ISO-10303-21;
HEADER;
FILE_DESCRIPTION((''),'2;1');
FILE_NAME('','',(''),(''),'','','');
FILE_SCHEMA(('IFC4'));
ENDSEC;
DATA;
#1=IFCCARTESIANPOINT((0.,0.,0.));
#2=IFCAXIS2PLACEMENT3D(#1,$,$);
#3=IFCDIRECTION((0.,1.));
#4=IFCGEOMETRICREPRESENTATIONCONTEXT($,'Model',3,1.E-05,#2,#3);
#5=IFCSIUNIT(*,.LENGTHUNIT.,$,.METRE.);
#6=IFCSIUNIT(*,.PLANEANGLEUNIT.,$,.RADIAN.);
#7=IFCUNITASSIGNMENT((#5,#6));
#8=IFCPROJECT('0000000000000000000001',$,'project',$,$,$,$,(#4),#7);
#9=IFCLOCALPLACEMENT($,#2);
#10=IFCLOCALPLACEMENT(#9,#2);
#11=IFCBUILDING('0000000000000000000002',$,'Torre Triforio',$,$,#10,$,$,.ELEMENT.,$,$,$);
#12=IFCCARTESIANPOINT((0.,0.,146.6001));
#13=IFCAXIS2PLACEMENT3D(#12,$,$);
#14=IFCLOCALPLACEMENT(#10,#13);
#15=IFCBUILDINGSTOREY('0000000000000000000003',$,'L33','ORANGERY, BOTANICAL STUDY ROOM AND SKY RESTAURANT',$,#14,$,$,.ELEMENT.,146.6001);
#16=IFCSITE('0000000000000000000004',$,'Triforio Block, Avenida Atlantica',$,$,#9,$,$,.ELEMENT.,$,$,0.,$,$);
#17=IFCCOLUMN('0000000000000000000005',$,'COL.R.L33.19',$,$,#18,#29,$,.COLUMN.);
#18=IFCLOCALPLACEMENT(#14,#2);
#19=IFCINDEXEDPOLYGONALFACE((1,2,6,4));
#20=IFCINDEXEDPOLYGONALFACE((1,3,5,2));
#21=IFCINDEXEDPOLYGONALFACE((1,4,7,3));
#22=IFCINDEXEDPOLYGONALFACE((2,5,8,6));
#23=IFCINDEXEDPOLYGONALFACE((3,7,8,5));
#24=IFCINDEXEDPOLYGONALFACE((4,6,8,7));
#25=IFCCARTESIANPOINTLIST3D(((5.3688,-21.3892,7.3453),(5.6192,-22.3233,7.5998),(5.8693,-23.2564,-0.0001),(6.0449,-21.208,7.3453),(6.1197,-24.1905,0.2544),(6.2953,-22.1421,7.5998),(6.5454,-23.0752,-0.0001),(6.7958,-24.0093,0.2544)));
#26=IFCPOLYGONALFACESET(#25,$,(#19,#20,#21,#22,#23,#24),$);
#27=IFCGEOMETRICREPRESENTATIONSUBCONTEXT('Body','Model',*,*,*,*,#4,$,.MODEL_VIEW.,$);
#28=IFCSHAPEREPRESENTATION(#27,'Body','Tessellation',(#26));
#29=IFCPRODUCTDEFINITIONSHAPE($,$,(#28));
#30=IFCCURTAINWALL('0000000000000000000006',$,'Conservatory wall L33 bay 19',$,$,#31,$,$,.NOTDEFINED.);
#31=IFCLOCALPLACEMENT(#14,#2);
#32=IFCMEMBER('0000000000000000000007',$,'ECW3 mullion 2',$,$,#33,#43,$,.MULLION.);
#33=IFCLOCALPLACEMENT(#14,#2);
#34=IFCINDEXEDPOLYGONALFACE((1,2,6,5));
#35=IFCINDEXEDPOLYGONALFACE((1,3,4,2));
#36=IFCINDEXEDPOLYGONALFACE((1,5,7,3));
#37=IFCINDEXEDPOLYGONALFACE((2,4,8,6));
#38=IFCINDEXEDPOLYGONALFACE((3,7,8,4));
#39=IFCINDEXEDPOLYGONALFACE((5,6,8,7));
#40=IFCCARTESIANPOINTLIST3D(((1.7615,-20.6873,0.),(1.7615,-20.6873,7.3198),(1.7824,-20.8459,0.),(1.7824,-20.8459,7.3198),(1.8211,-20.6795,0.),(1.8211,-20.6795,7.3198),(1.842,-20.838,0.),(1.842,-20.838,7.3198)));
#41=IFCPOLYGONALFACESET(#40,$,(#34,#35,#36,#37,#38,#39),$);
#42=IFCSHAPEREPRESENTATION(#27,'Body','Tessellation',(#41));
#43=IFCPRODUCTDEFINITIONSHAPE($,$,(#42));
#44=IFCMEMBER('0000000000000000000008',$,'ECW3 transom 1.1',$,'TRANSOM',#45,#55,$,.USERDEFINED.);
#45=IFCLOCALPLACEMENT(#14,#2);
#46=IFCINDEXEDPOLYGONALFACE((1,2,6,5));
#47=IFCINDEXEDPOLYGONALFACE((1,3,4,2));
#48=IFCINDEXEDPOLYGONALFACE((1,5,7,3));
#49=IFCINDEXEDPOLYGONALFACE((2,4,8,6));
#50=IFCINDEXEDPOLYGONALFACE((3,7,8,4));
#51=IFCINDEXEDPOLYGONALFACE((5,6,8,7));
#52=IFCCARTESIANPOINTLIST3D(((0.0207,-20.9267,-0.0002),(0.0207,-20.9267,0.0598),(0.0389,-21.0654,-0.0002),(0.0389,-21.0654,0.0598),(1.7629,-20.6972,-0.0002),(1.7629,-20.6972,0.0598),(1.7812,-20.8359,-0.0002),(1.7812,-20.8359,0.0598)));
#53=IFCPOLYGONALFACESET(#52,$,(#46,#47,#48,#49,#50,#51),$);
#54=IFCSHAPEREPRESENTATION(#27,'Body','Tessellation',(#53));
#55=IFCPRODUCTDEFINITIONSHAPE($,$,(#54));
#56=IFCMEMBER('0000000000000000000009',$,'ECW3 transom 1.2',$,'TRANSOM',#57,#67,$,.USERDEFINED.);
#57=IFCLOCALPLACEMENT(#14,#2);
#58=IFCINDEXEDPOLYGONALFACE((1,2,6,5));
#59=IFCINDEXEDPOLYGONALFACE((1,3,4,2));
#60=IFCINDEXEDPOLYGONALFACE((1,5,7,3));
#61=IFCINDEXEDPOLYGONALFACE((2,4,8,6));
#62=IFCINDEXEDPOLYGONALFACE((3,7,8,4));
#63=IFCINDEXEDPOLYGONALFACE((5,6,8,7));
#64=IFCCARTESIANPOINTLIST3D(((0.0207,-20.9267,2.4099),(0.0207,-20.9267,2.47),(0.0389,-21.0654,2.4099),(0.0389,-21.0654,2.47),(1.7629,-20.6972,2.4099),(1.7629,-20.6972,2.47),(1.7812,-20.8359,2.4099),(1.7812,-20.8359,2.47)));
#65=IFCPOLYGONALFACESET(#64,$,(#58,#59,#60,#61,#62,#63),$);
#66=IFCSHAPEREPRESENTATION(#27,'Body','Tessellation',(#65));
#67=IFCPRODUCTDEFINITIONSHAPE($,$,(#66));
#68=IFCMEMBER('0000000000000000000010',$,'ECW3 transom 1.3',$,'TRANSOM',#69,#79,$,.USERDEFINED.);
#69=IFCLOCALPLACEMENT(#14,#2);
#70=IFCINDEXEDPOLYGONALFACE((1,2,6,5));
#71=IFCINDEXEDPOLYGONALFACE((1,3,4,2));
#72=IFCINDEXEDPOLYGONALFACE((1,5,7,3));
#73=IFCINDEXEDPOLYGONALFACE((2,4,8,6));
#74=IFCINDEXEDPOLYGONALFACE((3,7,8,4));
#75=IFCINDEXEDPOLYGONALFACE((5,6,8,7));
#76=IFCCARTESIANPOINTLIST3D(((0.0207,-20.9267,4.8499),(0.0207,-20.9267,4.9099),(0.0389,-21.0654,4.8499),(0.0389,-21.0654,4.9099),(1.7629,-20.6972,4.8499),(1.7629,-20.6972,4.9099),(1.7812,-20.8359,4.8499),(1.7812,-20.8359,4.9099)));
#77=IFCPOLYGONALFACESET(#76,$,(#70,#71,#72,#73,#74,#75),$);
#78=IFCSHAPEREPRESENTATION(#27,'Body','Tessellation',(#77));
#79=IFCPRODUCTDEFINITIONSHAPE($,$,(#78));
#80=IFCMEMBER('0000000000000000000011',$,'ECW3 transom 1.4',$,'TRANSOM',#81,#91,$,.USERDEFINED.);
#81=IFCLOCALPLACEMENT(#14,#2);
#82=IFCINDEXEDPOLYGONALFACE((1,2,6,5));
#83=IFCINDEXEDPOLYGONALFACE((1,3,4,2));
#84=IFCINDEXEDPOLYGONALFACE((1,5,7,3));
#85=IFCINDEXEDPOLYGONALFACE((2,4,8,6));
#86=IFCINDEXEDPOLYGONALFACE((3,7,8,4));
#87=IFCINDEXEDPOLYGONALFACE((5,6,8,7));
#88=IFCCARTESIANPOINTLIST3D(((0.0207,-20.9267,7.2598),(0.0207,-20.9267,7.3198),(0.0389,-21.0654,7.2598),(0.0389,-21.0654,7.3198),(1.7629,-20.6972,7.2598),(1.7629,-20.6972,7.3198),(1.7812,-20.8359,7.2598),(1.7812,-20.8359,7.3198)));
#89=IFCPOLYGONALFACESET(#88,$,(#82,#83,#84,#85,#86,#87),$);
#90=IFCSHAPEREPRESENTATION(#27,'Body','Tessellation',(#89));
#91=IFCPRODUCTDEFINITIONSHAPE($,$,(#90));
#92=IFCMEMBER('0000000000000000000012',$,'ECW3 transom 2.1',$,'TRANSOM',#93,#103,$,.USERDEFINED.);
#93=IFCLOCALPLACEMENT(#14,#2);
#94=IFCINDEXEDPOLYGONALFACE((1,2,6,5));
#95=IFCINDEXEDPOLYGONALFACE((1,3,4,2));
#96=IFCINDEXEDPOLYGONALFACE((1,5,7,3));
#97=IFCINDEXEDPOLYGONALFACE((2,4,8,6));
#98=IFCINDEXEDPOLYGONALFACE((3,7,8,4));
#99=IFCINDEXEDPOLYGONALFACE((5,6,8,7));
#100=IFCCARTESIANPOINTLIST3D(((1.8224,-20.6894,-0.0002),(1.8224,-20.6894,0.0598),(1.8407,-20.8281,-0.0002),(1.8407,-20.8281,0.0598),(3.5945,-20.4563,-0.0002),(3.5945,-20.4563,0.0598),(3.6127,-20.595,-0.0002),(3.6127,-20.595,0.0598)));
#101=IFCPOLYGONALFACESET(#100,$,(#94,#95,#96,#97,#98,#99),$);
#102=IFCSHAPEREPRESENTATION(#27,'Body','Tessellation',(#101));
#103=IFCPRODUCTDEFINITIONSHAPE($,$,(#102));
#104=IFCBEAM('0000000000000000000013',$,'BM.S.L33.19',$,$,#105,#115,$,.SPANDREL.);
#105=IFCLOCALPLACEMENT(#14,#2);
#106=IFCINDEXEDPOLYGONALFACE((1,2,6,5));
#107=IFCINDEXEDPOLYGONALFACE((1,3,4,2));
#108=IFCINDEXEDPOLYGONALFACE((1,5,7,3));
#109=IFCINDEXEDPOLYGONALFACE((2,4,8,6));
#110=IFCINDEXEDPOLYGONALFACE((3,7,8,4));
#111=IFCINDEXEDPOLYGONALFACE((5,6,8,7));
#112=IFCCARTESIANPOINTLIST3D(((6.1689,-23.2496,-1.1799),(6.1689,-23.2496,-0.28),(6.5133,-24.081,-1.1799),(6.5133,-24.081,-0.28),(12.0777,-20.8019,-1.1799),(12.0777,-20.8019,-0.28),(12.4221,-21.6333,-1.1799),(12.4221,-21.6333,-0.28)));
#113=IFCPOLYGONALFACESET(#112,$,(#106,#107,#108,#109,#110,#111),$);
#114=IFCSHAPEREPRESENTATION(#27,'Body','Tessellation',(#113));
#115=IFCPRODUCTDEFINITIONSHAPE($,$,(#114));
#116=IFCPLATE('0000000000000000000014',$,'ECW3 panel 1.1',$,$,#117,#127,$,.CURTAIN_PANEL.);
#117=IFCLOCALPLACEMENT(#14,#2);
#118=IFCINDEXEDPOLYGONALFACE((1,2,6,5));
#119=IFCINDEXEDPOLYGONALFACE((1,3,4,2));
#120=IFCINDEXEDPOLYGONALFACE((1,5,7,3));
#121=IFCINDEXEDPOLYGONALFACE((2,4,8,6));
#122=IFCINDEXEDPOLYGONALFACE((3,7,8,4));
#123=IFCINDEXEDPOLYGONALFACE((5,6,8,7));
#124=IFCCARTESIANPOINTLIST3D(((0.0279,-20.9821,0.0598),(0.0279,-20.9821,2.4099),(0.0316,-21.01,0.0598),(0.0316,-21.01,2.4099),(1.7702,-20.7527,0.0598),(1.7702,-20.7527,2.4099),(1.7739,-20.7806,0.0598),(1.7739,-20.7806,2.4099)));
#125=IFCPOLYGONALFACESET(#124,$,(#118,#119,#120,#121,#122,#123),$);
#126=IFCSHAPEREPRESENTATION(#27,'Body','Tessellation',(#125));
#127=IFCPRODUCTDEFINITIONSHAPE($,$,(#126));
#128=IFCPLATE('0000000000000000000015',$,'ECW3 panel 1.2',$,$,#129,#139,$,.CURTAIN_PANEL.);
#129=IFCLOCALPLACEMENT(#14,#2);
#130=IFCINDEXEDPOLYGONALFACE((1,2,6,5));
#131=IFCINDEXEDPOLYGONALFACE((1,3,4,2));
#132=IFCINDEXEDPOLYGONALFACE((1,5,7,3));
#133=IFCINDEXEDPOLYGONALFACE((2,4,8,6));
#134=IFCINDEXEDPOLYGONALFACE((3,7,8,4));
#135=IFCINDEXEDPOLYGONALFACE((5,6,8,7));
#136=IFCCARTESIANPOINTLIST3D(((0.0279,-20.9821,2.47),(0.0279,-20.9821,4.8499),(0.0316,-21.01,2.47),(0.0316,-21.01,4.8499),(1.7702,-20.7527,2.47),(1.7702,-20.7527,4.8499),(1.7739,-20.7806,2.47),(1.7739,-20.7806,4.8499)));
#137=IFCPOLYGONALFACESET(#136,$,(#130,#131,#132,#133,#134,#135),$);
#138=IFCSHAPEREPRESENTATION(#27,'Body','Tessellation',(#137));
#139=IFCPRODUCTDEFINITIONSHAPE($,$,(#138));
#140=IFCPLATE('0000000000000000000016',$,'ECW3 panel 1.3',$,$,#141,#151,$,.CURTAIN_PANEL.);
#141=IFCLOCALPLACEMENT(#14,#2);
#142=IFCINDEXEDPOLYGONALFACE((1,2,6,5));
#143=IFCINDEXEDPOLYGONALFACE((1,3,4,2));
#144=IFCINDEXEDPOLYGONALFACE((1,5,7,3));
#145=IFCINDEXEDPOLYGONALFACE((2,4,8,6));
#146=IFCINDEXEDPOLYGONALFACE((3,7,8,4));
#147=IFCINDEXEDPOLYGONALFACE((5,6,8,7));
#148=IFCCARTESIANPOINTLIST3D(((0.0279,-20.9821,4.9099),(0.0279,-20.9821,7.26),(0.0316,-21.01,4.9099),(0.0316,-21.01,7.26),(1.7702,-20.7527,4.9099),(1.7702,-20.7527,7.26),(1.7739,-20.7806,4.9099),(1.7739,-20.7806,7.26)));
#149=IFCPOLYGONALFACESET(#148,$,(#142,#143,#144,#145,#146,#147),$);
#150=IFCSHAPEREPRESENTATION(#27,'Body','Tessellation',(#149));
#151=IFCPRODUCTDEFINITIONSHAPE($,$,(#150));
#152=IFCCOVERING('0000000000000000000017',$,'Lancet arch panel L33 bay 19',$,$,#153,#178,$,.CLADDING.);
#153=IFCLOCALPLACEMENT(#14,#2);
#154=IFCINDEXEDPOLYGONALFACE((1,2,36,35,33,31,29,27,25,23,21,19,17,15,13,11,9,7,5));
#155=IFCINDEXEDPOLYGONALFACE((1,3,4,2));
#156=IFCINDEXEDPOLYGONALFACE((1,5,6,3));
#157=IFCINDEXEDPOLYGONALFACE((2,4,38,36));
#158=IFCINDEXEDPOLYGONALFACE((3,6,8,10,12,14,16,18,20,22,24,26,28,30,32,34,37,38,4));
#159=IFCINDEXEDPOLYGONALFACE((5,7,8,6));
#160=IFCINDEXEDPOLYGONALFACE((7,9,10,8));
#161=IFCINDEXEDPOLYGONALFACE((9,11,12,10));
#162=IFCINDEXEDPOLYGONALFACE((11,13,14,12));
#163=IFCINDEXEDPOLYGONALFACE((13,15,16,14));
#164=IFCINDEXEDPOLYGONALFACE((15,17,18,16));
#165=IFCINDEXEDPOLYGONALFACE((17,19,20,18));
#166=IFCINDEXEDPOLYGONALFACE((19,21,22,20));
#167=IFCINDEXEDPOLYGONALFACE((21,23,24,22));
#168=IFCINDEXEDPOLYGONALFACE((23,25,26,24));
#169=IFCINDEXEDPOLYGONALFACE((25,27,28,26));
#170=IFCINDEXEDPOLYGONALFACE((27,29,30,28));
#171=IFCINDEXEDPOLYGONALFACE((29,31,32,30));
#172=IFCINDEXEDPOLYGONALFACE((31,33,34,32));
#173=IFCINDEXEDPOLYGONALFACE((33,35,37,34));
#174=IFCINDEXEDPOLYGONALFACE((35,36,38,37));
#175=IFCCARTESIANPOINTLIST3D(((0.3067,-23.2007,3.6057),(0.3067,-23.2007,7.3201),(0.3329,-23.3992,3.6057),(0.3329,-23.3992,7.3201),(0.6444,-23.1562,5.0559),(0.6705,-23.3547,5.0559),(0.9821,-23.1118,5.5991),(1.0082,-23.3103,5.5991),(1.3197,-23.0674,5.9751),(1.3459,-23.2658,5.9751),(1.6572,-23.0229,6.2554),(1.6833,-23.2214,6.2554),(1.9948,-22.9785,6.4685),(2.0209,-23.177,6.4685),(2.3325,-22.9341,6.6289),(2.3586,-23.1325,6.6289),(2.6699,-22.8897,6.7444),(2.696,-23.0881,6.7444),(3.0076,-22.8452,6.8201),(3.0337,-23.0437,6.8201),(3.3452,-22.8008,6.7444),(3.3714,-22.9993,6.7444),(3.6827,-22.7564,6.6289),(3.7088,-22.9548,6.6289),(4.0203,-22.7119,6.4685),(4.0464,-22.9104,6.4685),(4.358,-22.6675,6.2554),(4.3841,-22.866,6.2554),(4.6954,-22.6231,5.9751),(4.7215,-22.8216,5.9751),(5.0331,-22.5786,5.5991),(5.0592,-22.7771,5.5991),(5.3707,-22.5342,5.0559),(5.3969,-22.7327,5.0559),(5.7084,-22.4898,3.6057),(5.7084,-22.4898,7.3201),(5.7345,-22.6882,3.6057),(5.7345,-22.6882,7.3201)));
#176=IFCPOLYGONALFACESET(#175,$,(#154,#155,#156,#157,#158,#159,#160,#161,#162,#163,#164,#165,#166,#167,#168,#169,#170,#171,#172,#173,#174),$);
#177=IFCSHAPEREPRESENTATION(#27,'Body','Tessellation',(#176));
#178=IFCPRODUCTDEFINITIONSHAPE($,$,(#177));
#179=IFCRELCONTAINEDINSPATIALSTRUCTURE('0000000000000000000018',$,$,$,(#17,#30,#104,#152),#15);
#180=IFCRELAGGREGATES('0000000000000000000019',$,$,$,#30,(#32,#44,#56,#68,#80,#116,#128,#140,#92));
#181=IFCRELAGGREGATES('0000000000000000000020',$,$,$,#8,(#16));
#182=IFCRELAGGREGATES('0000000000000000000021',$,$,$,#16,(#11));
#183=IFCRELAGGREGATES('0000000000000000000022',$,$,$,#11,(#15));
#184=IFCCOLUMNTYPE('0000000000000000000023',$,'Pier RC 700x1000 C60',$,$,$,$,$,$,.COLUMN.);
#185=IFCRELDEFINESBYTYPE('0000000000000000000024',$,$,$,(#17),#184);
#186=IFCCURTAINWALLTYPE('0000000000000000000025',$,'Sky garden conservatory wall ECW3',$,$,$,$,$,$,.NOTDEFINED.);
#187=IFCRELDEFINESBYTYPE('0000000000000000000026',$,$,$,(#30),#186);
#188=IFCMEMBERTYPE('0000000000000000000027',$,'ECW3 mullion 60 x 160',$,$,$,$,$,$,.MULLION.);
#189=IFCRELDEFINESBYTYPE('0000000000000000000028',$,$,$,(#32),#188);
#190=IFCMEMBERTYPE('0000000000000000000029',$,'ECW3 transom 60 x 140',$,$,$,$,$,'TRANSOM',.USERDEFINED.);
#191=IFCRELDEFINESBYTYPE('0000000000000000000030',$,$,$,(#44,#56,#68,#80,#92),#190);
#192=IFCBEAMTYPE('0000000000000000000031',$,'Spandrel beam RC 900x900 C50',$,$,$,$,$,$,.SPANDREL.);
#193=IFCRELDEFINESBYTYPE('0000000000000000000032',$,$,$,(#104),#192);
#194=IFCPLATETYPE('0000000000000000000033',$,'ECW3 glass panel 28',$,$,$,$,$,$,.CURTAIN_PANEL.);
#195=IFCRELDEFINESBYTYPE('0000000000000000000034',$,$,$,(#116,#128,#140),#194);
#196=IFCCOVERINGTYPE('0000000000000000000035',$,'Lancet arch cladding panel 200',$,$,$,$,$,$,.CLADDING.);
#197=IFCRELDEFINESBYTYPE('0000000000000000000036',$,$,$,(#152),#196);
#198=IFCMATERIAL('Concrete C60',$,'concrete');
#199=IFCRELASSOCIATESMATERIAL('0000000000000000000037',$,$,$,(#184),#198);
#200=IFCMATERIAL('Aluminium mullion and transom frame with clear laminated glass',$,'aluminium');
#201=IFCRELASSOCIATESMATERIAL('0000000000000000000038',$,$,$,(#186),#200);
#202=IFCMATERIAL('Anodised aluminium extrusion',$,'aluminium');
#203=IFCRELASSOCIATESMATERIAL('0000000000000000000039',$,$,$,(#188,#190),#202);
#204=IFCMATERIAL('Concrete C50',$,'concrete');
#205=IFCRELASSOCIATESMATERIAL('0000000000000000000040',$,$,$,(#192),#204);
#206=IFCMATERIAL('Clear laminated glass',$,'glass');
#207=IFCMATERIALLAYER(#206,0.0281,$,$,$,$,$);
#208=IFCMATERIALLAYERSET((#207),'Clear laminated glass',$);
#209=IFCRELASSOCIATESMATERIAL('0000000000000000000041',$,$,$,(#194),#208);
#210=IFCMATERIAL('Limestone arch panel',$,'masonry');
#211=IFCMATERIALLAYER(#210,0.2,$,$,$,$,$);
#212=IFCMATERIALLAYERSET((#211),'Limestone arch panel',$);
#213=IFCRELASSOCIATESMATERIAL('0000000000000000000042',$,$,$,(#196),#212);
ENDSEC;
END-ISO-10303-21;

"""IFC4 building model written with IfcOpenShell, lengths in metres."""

from ifc_helpers import new_model, si_unit, direction, frame, origin, origin_2d, place, context, subcontext, project, spatial, polyline, rectangle, outline, extrude, material, layer, layer_set, material_profile, profile_set, type_object, element, aggregate, save


model = new_model("IFC4")

# Units and contexts
model_context = context("Model", 3, precision=1e-05, world=origin(), true_north=direction((0.0, 1.0)))
body_context = subcontext(model_context, "Body", "Model", "MODEL_VIEW")
ifc_project = project(units=[si_unit("LENGTHUNIT", "METRE"), si_unit("PLANEANGLEUNIT", "RADIAN")], contexts=[model_context])

# Site, building, storey
site_placement = place(None, origin())
site = spatial("IfcSite", under=ifc_project, at=site_placement, Name="Triforio Block, Avenida Atlantica", CompositionType="ELEMENT", RefElevation=0.0)
building_placement = place(site_placement, origin())
building = spatial("IfcBuilding", under=site, at=building_placement, Name="Torre Triforio", CompositionType="ELEMENT")
storey_placement = place(building_placement, frame((0.0, 0.0, 146.6001)))
storey = spatial("IfcBuildingStorey", under=building, at=storey_placement, Name="L33", Description="ORANGERY, BOTANICAL STUDY ROOM AND SKY RESTAURANT", CompositionType="ELEMENT", Elevation=146.6001)

# Column
ifc_material_1 = material(Name="Concrete C60", Category="concrete")
ifc_material_profile_1 = material_profile(ifc_material_1, rectangle(XDim=0.7, YDim=1.0, at=origin_2d()), Name="RC 700x1000")
ifc_profile_set_1 = profile_set([ifc_material_profile_1], Name="Concrete C60")
column_type = type_object("IfcColumnType", Name="Pier RC 700x1000 C60", PredefinedType="COLUMN", material=ifc_profile_set_1)
column_placement = place(storey_placement, frame((6.3325, -23.6328, 0.1272), z_axis=(-0.065892, 0.245826, 0.967072), x_axis=(-0.965903, -0.258904, 0.0)))
element("IfcColumn", 1, at=column_placement, inside=storey, type_object=column_type, Name="COL.R.L33.19", PredefinedType="COLUMN", context=body_context, shape_type="SweptSolid", body=[
    extrude(rectangle(XDim=0.7, YDim=1.0, at=origin_2d()), origin(), (0.0, 0.0, 1.0), 7.5955),
])

# Curtain wall, members
ifc_material_2 = material(Name="Aluminium mullion and transom frame with clear laminated glass", Category="aluminium")
curtain_wall_type = type_object("IfcCurtainWallType", Name="Sky garden conservatory wall ECW3", PredefinedType="NOTDEFINED", material=ifc_material_2)
curtain_wall_placement = place(storey_placement, origin())
curtain_wall = element("IfcCurtainWall", 2, at=curtain_wall_placement, inside=storey, type_object=curtain_wall_type, Name="Conservatory wall L33 bay 19", PredefinedType="NOTDEFINED")
ifc_material_3 = material(Name="Anodised aluminium extrusion", Category="aluminium")
ifc_material_profile_2 = material_profile(ifc_material_3, rectangle(XDim=0.1599, YDim=0.0601, at=origin_2d()), Name="ECW3 MULLION 60x160")
ifc_profile_set_2 = profile_set([ifc_material_profile_2], Name="Anodised aluminium extrusion")
member_type_1 = type_object("IfcMemberType", Name="ECW3 mullion 60 x 160", PredefinedType="MULLION", material=ifc_profile_set_2)
member_1_placement = place(storey_placement, frame((1.8018, -20.7627, 0.0), z_axis=(0.0, 0.0, 1.0), x_axis=(-0.13053, 0.991444, 0.0)))
member_1 = element("IfcMember", 3, at=member_1_placement, type_object=member_type_1, Name="ECW3 mullion 2", PredefinedType="MULLION", context=body_context, shape_type="SweptSolid", body=[
    extrude(rectangle(XDim=0.1599, YDim=0.0601, at=origin_2d()), origin(), (0.0, 0.0, 1.0), 7.3198),
])
ifc_material_profile_3 = material_profile(ifc_material_3, rectangle(XDim=0.1399, YDim=0.0601, at=origin_2d()), Name="ECW3 TRANSOM 60x140")
ifc_profile_set_3 = profile_set([ifc_material_profile_3], Name="Anodised aluminium extrusion")
member_type_2 = type_object("IfcMemberType", Name="ECW3 transom 60 x 140", ElementType="TRANSOM", PredefinedType="USERDEFINED", material=ifc_profile_set_3)
member_2_placement = place(storey_placement, frame((0.0298, -20.9961, 0.0298), z_axis=(0.991435, 0.130598, 0.0), x_axis=(-0.130598, 0.991435, 0.0)))
member_2 = element("IfcMember", 4, at=member_2_placement, type_object=member_type_2, Name="ECW3 transom 1.1", ObjectType="TRANSOM", PredefinedType="USERDEFINED", context=body_context, shape_type="SweptSolid", body=[
    extrude(rectangle(XDim=0.1399, YDim=0.0601, at=origin_2d()), origin(), (0.0, 0.0, 1.0), 1.7573),
])
member_3_placement = place(storey_placement, frame((0.0298, -20.9961, 2.4399), z_axis=(0.991435, 0.130598, 0.0), x_axis=(-0.130598, 0.991435, 0.0)))
member_3 = element("IfcMember", 5, at=member_3_placement, type_object=member_type_2, Name="ECW3 transom 1.2", ObjectType="TRANSOM", PredefinedType="USERDEFINED", context=body_context, shape_type="SweptSolid", body=[
    extrude(rectangle(XDim=0.1399, YDim=0.0601, at=origin_2d()), origin(), (0.0, 0.0, 1.0), 1.7573),
])
member_4_placement = place(storey_placement, frame((0.0298, -20.9961, 4.8799), z_axis=(0.991435, 0.130598, 0.0), x_axis=(-0.130598, 0.991435, 0.0)))
member_4 = element("IfcMember", 6, at=member_4_placement, type_object=member_type_2, Name="ECW3 transom 1.3", ObjectType="TRANSOM", PredefinedType="USERDEFINED", context=body_context, shape_type="SweptSolid", body=[
    extrude(rectangle(XDim=0.1399, YDim=0.0601, at=origin_2d()), origin(), (0.0, 0.0, 1.0), 1.7573),
])
member_5_placement = place(storey_placement, frame((0.0298, -20.9961, 7.2898), z_axis=(0.991435, 0.130598, 0.0), x_axis=(-0.130598, 0.991435, 0.0)))
member_5 = element("IfcMember", 7, at=member_5_placement, type_object=member_type_2, Name="ECW3 transom 1.4", ObjectType="TRANSOM", PredefinedType="USERDEFINED", context=body_context, shape_type="SweptSolid", body=[
    extrude(rectangle(XDim=0.1399, YDim=0.0601, at=origin_2d()), origin(), (0.0, 0.0, 1.0), 1.7573),
])
member_6_placement = place(storey_placement, frame((1.8315, -20.7588, 0.0298), z_axis=(0.991454, 0.130455, 0.0), x_axis=(-0.130455, 0.991454, 0.0)))
member_6 = element("IfcMember", 8, at=member_6_placement, type_object=member_type_2, Name="ECW3 transom 2.1", ObjectType="TRANSOM", PredefinedType="USERDEFINED", context=body_context, shape_type="SweptSolid", body=[
    extrude(rectangle(XDim=0.1399, YDim=0.0601, at=origin_2d()), origin(), (0.0, 0.0, 1.0), 1.7874),
])

# Beam
ifc_material_4 = material(Name="Concrete C50", Category="concrete")
ifc_material_profile_4 = material_profile(ifc_material_4, rectangle(XDim=0.8999, YDim=0.8999, at=origin_2d()), Name="RC 900x900")
ifc_profile_set_4 = profile_set([ifc_material_profile_4], Name="Concrete C50")
beam_type = type_object("IfcBeamType", Name="Spandrel beam RC 900x900 C50", PredefinedType="SPANDREL", material=ifc_profile_set_4)
beam_placement = place(storey_placement, frame((6.3411, -23.6653, -0.73), z_axis=(0.923869, 0.382709, 0.0), x_axis=(-0.382709, 0.923869, 0.0)))
element("IfcBeam", 9, at=beam_placement, inside=storey, type_object=beam_type, Name="BM.S.L33.19", PredefinedType="SPANDREL", context=body_context, shape_type="SweptSolid", body=[
    extrude(rectangle(XDim=0.8999, YDim=0.8999, at=origin_2d()), origin(), (0.0, 0.0, 1.0), 6.3958),
])

# Plates
ifc_material_5 = material(Name="Clear laminated glass", Category="glass")
ifc_layer_1 = layer(ifc_material_5, 0.0281)
ifc_layer_set_1 = layer_set([ifc_layer_1], Name="Clear laminated glass")
plate_type = type_object("IfcPlateType", Name="ECW3 glass panel 28", PredefinedType="CURTAIN_PANEL", material=ifc_layer_set_1)
plate_1_placement = place(storey_placement, frame((0.9009, -20.8813, 0.0598), z_axis=(0.0, 0.0, 1.0), x_axis=(0.991444, 0.13053, 0.0)))
plate_1 = element("IfcPlate", 10, at=plate_1_placement, type_object=plate_type, Name="ECW3 panel 1.1", PredefinedType="CURTAIN_PANEL", context=body_context, shape_type="SweptSolid", body=[
    extrude(rectangle(XDim=1.7573, YDim=0.0281, at=origin_2d()), origin(), (0.0, 0.0, 1.0), 2.3501),
])
plate_2_placement = place(storey_placement, frame((0.9009, -20.8813, 2.47), z_axis=(0.0, 0.0, 1.0), x_axis=(0.991444, 0.13053, 0.0)))
plate_2 = element("IfcPlate", 11, at=plate_2_placement, type_object=plate_type, Name="ECW3 panel 1.2", PredefinedType="CURTAIN_PANEL", context=body_context, shape_type="SweptSolid", body=[
    extrude(rectangle(XDim=1.7573, YDim=0.0281, at=origin_2d()), origin(), (0.0, 0.0, 1.0), 2.3799),
])
plate_3_placement = place(storey_placement, frame((0.9009, -20.8813, 4.9099), z_axis=(0.0, 0.0, 1.0), x_axis=(0.991444, 0.13053, 0.0)))
plate_3 = element("IfcPlate", 12, at=plate_3_placement, type_object=plate_type, Name="ECW3 panel 1.3", PredefinedType="CURTAIN_PANEL", context=body_context, shape_type="SweptSolid", body=[
    extrude(rectangle(XDim=1.7573, YDim=0.0281, at=origin_2d()), origin(), (0.0, 0.0, 1.0), 2.3501),
])
aggregate(curtain_wall, [member_1, member_2, member_3, member_4, member_5, plate_1, plate_2, plate_3, member_6])

# Covering
ifc_material_6 = material(Name="Limestone arch panel", Category="masonry")
ifc_layer_2 = layer(ifc_material_6, 0.2)
ifc_layer_set_2 = layer_set([ifc_layer_2], Name="Limestone arch panel")
covering_type_1 = type_object("IfcCoveringType", Name="Lancet arch cladding panel 200", PredefinedType="CLADDING", material=ifc_layer_set_2)
covering_1_placement = place(storey_placement, frame((3.0076, -22.8452, 0.0), z_axis=(0.130486, -0.99145, 0.0), x_axis=(0.99145, 0.130486, 0.0)))
element("IfcCovering", 13, at=covering_1_placement, inside=storey, type_object=covering_type_1, Name="Lancet arch panel L33 bay 19", PredefinedType="CLADDING", context=body_context, shape_type="SweptSolid", body=[
    extrude(outline(polyline([(-2.7241, 7.3201), (-2.7241, 3.6057), (-2.3835, 5.0559), (-2.043, 5.5991), (-1.7024, 5.9751), (-1.3621, 6.2554), (-1.0215, 6.4685), (-0.6809, 6.6289), (-0.3406, 6.7444), (0.0, 6.8201), (0.3406, 6.7444), (0.6809, 6.6289), (1.0215, 6.4685), (1.3621, 6.2554), (1.7024, 5.9751), (2.043, 5.5991), (2.3835, 5.0559), (2.7241, 3.6057), (2.7241, 7.3201), (-2.7241, 7.3201)])), origin(), (0.0, 0.0, 1.0), 0.2002),
])

save(model, "model.ifc")
